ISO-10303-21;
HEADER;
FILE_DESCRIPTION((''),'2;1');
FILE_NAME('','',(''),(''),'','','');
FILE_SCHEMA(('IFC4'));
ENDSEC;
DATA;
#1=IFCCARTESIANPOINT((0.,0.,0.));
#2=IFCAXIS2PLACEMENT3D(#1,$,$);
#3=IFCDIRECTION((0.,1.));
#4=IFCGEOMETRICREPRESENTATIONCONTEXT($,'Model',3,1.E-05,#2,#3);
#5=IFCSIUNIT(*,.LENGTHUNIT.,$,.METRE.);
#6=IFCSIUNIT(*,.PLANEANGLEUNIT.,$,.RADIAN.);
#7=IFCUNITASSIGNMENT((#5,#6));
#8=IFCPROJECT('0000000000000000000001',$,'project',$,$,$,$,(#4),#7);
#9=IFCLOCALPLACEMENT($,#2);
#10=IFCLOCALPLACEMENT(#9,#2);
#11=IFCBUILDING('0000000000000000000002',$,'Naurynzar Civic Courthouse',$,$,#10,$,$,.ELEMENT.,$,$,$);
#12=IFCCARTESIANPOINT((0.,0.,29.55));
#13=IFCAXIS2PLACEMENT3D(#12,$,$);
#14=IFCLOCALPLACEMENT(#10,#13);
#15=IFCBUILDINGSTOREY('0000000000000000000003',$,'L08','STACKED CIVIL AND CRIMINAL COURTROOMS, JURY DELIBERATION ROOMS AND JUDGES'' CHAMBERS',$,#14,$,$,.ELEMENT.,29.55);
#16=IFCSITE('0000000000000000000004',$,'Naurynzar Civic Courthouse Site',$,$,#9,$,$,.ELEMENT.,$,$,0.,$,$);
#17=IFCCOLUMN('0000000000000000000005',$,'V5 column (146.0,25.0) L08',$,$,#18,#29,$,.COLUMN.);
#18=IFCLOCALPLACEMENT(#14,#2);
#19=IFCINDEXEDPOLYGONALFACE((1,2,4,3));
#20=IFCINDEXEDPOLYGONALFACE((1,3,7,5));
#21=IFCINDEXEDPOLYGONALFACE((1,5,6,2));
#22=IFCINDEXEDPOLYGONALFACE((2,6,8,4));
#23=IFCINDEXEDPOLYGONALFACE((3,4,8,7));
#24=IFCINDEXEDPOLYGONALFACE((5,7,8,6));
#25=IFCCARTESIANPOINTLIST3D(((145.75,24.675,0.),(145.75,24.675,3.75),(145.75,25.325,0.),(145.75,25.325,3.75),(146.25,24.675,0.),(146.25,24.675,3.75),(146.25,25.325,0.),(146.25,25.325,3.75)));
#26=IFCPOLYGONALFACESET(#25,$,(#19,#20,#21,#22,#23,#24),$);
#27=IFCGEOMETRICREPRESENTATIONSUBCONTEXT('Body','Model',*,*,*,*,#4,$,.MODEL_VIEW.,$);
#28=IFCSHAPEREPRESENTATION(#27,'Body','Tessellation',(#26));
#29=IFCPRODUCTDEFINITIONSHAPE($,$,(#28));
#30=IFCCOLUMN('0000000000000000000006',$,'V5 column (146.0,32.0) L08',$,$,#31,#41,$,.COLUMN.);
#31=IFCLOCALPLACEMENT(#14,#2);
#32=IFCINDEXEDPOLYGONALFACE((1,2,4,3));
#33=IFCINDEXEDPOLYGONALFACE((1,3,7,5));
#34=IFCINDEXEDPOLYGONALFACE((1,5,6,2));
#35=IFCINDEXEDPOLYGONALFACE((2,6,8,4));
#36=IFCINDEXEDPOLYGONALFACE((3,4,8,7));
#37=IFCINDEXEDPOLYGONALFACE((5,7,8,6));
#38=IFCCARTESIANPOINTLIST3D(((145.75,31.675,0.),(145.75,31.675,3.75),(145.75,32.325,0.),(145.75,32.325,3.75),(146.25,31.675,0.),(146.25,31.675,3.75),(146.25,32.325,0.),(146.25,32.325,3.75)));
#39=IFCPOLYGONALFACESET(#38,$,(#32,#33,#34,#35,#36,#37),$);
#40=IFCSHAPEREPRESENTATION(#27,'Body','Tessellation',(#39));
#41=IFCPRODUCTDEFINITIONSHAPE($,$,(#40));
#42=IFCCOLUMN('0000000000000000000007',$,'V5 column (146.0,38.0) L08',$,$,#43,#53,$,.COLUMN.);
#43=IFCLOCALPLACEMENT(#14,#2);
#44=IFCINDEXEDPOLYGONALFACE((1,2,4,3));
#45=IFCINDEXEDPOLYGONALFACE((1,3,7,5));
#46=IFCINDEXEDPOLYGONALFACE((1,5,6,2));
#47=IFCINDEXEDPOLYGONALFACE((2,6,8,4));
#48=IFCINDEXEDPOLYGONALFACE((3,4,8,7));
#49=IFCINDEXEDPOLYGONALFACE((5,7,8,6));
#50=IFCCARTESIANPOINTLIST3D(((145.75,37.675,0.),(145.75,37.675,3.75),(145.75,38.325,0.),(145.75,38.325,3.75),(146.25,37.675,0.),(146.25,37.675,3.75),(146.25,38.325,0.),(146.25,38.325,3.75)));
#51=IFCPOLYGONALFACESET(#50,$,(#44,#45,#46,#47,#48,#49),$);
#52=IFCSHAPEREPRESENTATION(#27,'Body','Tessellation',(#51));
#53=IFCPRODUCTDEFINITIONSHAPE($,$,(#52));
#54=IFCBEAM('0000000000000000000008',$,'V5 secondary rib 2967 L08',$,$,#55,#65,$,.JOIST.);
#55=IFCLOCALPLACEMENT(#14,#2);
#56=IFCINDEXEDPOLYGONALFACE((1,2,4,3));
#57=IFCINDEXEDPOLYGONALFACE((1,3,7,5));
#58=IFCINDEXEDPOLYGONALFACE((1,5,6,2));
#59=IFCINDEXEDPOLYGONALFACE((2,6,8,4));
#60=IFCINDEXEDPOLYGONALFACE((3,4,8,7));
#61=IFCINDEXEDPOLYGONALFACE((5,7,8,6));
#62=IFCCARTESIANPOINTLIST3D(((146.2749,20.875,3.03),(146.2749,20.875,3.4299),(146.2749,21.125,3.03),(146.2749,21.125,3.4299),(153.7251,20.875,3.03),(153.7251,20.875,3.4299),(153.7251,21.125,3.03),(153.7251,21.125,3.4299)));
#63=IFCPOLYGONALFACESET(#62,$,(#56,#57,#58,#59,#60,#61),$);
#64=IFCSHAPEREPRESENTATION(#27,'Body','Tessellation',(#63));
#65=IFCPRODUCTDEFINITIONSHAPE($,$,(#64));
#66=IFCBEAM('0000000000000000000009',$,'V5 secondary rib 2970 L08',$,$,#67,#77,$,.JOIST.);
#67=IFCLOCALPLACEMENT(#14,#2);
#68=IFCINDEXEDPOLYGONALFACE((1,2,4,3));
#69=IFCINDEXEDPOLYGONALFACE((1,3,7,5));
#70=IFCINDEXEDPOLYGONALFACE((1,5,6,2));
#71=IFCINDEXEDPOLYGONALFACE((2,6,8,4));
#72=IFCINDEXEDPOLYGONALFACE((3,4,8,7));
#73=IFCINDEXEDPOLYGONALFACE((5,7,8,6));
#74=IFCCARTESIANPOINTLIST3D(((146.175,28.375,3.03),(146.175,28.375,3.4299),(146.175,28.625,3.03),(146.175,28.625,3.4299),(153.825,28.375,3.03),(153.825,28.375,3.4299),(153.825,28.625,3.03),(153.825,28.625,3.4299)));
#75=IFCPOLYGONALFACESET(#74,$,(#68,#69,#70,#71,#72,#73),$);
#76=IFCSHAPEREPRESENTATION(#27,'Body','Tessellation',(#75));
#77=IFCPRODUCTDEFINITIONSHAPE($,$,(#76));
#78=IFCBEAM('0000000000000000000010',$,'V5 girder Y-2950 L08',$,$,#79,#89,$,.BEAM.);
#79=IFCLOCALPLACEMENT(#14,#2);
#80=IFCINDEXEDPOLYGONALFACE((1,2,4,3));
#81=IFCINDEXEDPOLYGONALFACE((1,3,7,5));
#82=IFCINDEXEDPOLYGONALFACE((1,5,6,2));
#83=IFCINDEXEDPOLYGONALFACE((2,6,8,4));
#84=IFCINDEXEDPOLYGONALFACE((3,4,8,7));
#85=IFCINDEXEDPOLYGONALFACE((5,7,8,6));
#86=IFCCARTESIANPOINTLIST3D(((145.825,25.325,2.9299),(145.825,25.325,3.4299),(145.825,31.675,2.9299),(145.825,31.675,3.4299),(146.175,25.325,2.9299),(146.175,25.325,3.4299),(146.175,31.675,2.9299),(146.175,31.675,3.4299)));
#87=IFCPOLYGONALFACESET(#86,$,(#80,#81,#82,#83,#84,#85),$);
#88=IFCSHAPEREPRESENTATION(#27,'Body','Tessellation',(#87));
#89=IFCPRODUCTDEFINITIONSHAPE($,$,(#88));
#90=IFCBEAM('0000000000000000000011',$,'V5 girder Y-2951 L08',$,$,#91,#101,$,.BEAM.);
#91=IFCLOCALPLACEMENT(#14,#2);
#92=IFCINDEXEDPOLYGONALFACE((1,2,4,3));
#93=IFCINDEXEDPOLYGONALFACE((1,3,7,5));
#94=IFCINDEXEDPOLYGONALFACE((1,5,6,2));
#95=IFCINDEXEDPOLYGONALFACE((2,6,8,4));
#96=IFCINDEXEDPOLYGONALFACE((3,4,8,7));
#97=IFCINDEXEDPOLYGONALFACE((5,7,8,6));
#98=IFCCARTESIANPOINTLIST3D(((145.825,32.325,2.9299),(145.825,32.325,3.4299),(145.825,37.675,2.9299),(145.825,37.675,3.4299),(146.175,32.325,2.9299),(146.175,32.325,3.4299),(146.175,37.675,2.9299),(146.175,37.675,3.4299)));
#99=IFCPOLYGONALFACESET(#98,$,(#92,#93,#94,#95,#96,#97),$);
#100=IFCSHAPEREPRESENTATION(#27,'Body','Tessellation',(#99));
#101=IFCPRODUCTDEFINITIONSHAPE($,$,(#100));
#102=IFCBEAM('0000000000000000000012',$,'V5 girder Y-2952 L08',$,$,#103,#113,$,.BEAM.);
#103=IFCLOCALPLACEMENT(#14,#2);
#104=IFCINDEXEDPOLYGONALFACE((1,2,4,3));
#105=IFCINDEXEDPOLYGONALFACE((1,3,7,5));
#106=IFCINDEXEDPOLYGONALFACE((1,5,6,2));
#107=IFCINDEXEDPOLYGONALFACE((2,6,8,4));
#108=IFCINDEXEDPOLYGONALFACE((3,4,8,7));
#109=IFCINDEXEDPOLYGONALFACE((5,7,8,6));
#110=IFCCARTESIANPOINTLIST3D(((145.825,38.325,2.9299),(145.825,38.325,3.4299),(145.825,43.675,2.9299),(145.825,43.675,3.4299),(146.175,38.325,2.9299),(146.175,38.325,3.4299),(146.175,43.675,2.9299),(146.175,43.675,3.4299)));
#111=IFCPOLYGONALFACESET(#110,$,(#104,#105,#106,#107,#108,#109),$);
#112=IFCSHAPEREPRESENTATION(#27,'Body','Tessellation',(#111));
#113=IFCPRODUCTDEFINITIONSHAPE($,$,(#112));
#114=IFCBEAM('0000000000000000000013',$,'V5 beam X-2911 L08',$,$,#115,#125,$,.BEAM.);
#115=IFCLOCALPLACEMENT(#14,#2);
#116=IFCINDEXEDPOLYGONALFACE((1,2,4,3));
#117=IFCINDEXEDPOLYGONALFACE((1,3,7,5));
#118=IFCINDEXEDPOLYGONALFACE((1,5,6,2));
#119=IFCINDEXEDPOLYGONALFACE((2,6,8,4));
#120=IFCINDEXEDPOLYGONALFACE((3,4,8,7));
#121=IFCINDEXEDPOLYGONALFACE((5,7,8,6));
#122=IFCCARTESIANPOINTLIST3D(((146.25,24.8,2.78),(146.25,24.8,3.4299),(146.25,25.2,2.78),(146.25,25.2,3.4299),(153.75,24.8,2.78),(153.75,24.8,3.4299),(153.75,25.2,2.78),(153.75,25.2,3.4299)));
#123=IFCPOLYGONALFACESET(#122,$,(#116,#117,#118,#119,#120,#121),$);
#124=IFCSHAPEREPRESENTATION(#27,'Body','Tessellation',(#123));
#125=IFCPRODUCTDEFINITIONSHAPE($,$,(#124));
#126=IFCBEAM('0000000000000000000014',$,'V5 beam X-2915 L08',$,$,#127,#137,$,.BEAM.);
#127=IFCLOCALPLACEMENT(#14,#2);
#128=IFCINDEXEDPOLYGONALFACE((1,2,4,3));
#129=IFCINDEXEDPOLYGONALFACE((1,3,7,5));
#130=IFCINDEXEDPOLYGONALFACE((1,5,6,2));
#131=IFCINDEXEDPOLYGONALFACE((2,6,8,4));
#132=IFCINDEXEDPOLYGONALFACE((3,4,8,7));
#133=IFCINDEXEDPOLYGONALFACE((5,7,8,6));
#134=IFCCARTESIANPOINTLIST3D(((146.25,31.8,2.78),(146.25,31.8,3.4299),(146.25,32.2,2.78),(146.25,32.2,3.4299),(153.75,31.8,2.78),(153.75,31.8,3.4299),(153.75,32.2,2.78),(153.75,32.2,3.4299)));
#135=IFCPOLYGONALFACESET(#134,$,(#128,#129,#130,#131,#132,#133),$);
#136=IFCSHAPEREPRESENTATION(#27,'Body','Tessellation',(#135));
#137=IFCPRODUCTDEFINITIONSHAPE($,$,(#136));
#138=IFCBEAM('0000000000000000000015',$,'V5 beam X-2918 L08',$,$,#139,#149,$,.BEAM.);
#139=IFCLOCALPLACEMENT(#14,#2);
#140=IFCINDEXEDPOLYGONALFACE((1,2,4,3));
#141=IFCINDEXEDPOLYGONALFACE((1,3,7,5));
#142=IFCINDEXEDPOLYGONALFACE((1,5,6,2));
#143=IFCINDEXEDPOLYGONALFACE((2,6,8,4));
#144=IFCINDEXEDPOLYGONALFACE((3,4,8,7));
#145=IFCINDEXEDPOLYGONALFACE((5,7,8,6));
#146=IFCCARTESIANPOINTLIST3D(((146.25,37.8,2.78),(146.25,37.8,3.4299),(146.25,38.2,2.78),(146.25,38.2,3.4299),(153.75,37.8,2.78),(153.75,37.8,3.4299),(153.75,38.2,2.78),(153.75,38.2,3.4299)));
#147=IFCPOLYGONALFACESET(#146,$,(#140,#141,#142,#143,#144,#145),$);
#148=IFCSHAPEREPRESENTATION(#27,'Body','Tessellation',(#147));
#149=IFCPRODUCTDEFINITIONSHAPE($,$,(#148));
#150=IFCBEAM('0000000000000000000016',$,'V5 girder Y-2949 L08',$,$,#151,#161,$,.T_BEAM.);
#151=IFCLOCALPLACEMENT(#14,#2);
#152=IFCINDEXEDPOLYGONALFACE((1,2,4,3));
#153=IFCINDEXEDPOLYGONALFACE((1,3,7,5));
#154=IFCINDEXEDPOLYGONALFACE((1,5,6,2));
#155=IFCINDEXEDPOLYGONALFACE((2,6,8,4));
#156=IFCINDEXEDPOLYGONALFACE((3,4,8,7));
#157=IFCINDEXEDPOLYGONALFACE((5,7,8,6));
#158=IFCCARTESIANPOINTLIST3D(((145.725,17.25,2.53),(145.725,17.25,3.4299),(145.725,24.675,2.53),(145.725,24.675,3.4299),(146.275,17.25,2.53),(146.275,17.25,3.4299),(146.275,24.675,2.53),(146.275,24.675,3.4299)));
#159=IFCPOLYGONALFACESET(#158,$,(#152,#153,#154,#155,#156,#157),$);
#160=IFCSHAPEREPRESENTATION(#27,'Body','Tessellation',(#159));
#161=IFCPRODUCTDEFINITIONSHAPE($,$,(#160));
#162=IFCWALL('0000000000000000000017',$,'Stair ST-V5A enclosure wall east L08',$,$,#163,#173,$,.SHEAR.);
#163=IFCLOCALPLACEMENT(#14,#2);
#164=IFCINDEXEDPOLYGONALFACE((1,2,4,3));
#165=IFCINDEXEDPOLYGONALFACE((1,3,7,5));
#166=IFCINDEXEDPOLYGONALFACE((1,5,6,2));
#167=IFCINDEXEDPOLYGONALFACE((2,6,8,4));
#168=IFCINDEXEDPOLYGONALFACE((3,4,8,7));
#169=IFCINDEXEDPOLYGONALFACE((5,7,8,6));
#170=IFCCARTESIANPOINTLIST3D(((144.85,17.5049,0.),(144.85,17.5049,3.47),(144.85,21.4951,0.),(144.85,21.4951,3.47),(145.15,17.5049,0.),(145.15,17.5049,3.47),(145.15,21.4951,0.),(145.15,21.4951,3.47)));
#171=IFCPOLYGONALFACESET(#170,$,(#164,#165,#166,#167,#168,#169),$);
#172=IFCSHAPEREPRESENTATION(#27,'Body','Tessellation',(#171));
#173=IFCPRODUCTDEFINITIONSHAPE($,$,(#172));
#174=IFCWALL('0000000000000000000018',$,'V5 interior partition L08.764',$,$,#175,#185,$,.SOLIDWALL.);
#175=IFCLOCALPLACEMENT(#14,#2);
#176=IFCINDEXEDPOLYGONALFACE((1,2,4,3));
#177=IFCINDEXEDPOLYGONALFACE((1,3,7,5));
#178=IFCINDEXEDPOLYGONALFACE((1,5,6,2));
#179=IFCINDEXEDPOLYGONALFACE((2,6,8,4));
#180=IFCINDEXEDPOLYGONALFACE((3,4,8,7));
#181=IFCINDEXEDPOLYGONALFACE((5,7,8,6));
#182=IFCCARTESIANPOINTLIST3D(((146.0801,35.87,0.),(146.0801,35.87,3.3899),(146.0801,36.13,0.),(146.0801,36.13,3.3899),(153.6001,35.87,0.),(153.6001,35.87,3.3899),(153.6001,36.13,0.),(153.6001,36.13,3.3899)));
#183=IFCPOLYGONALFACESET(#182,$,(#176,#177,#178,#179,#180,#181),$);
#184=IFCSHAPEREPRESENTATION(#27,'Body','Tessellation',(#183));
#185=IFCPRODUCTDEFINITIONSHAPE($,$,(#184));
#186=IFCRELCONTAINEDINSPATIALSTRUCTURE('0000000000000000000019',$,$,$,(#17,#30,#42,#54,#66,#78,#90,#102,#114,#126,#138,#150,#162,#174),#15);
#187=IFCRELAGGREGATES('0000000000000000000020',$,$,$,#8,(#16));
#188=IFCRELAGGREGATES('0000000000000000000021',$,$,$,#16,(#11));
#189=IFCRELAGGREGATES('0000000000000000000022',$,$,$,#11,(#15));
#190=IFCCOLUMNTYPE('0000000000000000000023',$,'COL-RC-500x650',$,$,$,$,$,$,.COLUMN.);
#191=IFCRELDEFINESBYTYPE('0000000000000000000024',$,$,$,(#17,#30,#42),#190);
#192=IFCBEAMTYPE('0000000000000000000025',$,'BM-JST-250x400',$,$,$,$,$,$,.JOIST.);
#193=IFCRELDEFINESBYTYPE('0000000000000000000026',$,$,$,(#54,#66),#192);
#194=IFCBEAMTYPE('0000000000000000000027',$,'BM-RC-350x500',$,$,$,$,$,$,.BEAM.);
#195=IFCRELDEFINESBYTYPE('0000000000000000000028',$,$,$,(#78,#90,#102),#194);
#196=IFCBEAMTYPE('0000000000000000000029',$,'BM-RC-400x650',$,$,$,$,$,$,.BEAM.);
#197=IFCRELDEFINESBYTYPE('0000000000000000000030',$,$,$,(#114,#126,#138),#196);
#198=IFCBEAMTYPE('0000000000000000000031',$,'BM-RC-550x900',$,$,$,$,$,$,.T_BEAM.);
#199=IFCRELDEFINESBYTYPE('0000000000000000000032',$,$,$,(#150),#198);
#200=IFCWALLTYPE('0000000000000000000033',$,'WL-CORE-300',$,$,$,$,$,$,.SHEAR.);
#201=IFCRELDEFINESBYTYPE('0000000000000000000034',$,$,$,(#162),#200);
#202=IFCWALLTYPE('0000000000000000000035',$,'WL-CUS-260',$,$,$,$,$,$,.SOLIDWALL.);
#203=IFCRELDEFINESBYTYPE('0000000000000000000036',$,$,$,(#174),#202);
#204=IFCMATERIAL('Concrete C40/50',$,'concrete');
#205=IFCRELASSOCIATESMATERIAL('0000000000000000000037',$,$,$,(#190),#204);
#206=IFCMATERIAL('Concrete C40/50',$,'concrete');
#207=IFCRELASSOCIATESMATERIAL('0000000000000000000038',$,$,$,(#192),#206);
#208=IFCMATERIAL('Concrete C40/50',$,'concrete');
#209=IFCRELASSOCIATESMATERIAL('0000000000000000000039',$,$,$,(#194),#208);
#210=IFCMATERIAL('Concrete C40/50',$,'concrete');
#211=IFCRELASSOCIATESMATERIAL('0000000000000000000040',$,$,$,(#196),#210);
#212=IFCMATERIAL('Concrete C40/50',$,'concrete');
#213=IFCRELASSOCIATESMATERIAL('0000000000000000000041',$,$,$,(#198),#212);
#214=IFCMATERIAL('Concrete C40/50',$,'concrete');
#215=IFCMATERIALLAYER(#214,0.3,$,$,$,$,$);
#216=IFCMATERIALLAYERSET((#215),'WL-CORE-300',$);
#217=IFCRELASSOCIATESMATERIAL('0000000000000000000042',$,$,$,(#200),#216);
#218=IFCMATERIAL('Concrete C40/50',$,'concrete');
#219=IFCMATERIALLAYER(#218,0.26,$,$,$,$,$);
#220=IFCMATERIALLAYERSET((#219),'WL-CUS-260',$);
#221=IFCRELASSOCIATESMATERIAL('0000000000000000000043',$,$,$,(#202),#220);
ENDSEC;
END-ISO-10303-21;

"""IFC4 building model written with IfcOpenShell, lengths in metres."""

from ifc_helpers import new_model, si_unit, direction, frame, frame_2d, origin, origin_2d, place, context, subcontext, project, spatial, rectangle, extrude, material, layer, layer_set, material_profile, profile_set, type_object, element, save


model = new_model("IFC4")

# Units and contexts
model_context = context("Model", 3, precision=1e-05, world=origin(), true_north=direction((0.0, 1.0)))
body_context = subcontext(model_context, "Body", "Model", "MODEL_VIEW")
ifc_project = project(units=[si_unit("LENGTHUNIT", "METRE"), si_unit("PLANEANGLEUNIT", "RADIAN")], contexts=[model_context])

# Site, building, storey
site_placement = place(None, origin())
site = spatial("IfcSite", under=ifc_project, at=site_placement, Name="Naurynzar Civic Courthouse Site", CompositionType="ELEMENT", RefElevation=0.0)
building_placement = place(site_placement, origin())
building = spatial("IfcBuilding", under=site, at=building_placement, Name="Naurynzar Civic Courthouse", CompositionType="ELEMENT")
storey_placement = place(building_placement, frame((0.0, 0.0, 29.55)))
storey = spatial("IfcBuildingStorey", under=building, at=storey_placement, Name="L08", Description="STACKED CIVIL AND CRIMINAL COURTROOMS, JURY DELIBERATION ROOMS AND JUDGES' CHAMBERS", CompositionType="ELEMENT", Elevation=29.55)

# Columns
ifc_material_1 = material(Name="Concrete C40/50", Category="concrete")
ifc_material_profile_1 = material_profile(ifc_material_1, rectangle(XDim=0.5, YDim=0.6499, at=origin_2d()), Name="RC 500x650")
ifc_profile_set_1 = profile_set([ifc_material_profile_1], Name="Concrete C40/50")
column_type = type_object("IfcColumnType", Name="COL-RC-500x650", PredefinedType="COLUMN", material=ifc_profile_set_1)
for number, where, z_axis, x_axis, name in (
    (1, (146.0, 25.0, 0.0), (0.0, 0.0, 1.0), (1.0, 0.0, 0.0), "V5 column (146.0,25.0) L08"),
    (2, (146.0, 32.0, 0.0), (0.0, 0.0, 1.0), (1.0, 0.0, 0.0), "V5 column (146.0,32.0) L08"),
    (3, (146.0, 38.0, 0.0), (0.0, 0.0, 1.0), (1.0, 0.0, 0.0), "V5 column (146.0,38.0) L08"),
):
    element("IfcColumn", number, at=place(storey_placement, frame(where, z_axis=z_axis, x_axis=x_axis)), inside=storey, type_object=column_type, Name=name, PredefinedType="COLUMN", context=body_context, shape_type="SweptSolid", body=[
        extrude(rectangle(XDim=0.5, YDim=0.6499, at=origin_2d()), origin(), (0.0, 0.0, 1.0), 3.75),
    ])

# Beams
ifc_material_2 = material(Name="Concrete C40/50", Category="concrete")
ifc_material_profile_2 = material_profile(ifc_material_2, rectangle(XDim=0.25, YDim=0.3999, at=origin_2d()), Name="RCB 250x400")
ifc_profile_set_2 = profile_set([ifc_material_profile_2], Name="Concrete C40/50")
beam_type_1 = type_object("IfcBeamType", Name="BM-JST-250x400", PredefinedType="JOIST", material=ifc_profile_set_2)
beam_1_placement = place(storey_placement, frame((146.2749, 21.0, 3.23), z_axis=(1.0, 0.0, 0.0), x_axis=(0.0, 1.0, 0.0)))
element("IfcBeam", 4, at=beam_1_placement, inside=storey, type_object=beam_type_1, Name="V5 secondary rib 2967 L08", PredefinedType="JOIST", context=body_context, shape_type="SweptSolid", body=[
    extrude(rectangle(XDim=0.25, YDim=0.3999, at=origin_2d()), origin(), (0.0, 0.0, 1.0), 7.4502),
])
beam_2_placement = place(storey_placement, frame((146.175, 28.5, 3.23), z_axis=(1.0, 0.0, 0.0), x_axis=(0.0, 1.0, 0.0)))
element("IfcBeam", 5, at=beam_2_placement, inside=storey, type_object=beam_type_1, Name="V5 secondary rib 2970 L08", PredefinedType="JOIST", context=body_context, shape_type="SweptSolid", body=[
    extrude(rectangle(XDim=0.25, YDim=0.3999, at=origin_2d()), origin(), (0.0, 0.0, 1.0), 7.6499),
])
ifc_material_3 = material(Name="Concrete C40/50", Category="concrete")
ifc_material_profile_3 = material_profile(ifc_material_3, rectangle(XDim=0.3501, YDim=0.5, at=origin_2d()), Name="RCB 350x500")
ifc_profile_set_3 = profile_set([ifc_material_profile_3], Name="Concrete C40/50")
beam_type_2 = type_object("IfcBeamType", Name="BM-RC-350x500", PredefinedType="BEAM", material=ifc_profile_set_3)
beam_3_placement = place(storey_placement, frame((146.0, 25.325, 3.1799), z_axis=(0.0, 1.0, 0.0), x_axis=(-1.0, 0.0, 0.0)))
element("IfcBeam", 6, at=beam_3_placement, inside=storey, type_object=beam_type_2, Name="V5 girder Y-2950 L08", PredefinedType="BEAM", context=body_context, shape_type="SweptSolid", body=[
    extrude(rectangle(XDim=0.3501, YDim=0.5, at=origin_2d()), origin(), (0.0, 0.0, 1.0), 6.3501),
])
for number, where, z_axis, x_axis, name in (
    (7, (146.0, 32.325, 3.1799), (0.0, 1.0, 0.0), (-1.0, 0.0, 0.0), "V5 girder Y-2951 L08"),
    (8, (146.0, 38.325, 3.1799), (0.0, 1.0, 0.0), (-1.0, 0.0, 0.0), "V5 girder Y-2952 L08"),
):
    element("IfcBeam", number, at=place(storey_placement, frame(where, z_axis=z_axis, x_axis=x_axis)), inside=storey, type_object=beam_type_2, Name=name, PredefinedType="BEAM", context=body_context, shape_type="SweptSolid", body=[
        extrude(rectangle(XDim=0.3501, YDim=0.5, at=origin_2d()), origin(), (0.0, 0.0, 1.0), 5.3501),
    ])
ifc_material_4 = material(Name="Concrete C40/50", Category="concrete")
ifc_material_profile_4 = material_profile(ifc_material_4, rectangle(XDim=0.3999, YDim=0.6499, at=origin_2d()), Name="RCB 400x650")
ifc_profile_set_4 = profile_set([ifc_material_profile_4], Name="Concrete C40/50")
beam_type_3 = type_object("IfcBeamType", Name="BM-RC-400x650", PredefinedType="BEAM", material=ifc_profile_set_4)
for number, where, z_axis, x_axis, name in (
    (9, (146.25, 25.0, 3.105), (1.0, 0.0, 0.0), (0.0, 1.0, 0.0), "V5 beam X-2911 L08"),
    (10, (146.25, 32.0, 3.105), (1.0, 0.0, 0.0), (0.0, 1.0, 0.0), "V5 beam X-2915 L08"),
    (11, (146.25, 38.0, 3.105), (1.0, 0.0, 0.0), (0.0, 1.0, 0.0), "V5 beam X-2918 L08"),
):
    element("IfcBeam", number, at=place(storey_placement, frame(where, z_axis=z_axis, x_axis=x_axis)), inside=storey, type_object=beam_type_3, Name=name, PredefinedType="BEAM", context=body_context, shape_type="SweptSolid", body=[
        extrude(rectangle(XDim=0.3999, YDim=0.6499, at=origin_2d()), origin(), (0.0, 0.0, 1.0), 7.5),
    ])
ifc_material_5 = material(Name="Concrete C40/50", Category="concrete")
ifc_material_profile_5 = material_profile(ifc_material_5, rectangle(XDim=0.55, YDim=0.8999, at=origin_2d()), Name="RCB 550x900")
ifc_profile_set_5 = profile_set([ifc_material_profile_5], Name="Concrete C40/50")
beam_type_4 = type_object("IfcBeamType", Name="BM-RC-550x900", PredefinedType="T_BEAM", material=ifc_profile_set_5)
beam_4_placement = place(storey_placement, frame((146.0, 17.25, 2.98), z_axis=(0.0, 1.0, 0.0), x_axis=(-1.0, 0.0, 0.0)))
element("IfcBeam", 12, at=beam_4_placement, inside=storey, type_object=beam_type_4, Name="V5 girder Y-2949 L08", PredefinedType="T_BEAM", context=body_context, shape_type="SweptSolid", body=[
    extrude(rectangle(XDim=0.55, YDim=0.8999, at=origin_2d()), origin(), (0.0, 0.0, 1.0), 7.425),
])

# Shared definitions
ifc_material_6 = material(Name="Concrete C40/50", Category="concrete")
ifc_layer_1 = layer(ifc_material_6, 0.3)
ifc_layer_set_1 = layer_set([ifc_layer_1], Name="WL-CORE-300")
wall_type_1 = type_object("IfcWallType", Name="WL-CORE-300", PredefinedType="SHEAR", material=ifc_layer_set_1)

# Walls
wall_1_placement = place(storey_placement, frame((145.0, 17.5049, 0.0), z_axis=(0.0, 0.0, 1.0), x_axis=(0.0, 1.0, 0.0)))
element("IfcWall", 13, at=wall_1_placement, inside=storey, type_object=wall_type_1, Name="Stair ST-V5A enclosure wall east L08", PredefinedType="SHEAR", context=body_context, shape_type="SweptSolid", body=[
    extrude(rectangle(XDim=3.9902, YDim=0.3, at=frame_2d((1.9951, 0.0))), origin(), (0.0, 0.0, 1.0), 3.47),
])
ifc_material_7 = material(Name="Concrete C40/50", Category="concrete")
ifc_layer_2 = layer(ifc_material_7, 0.26)
ifc_layer_set_2 = layer_set([ifc_layer_2], Name="WL-CUS-260")
wall_type_2 = type_object("IfcWallType", Name="WL-CUS-260", PredefinedType="SOLIDWALL", material=ifc_layer_set_2)
wall_2_placement = place(storey_placement, frame((146.0801, 36.0, 0.0), z_axis=(0.0, 0.0, 1.0), x_axis=(1.0, 0.0, 0.0)))
element("IfcWall", 14, at=wall_2_placement, inside=storey, type_object=wall_type_2, Name="V5 interior partition L08.764", PredefinedType="SOLIDWALL", context=body_context, shape_type="SweptSolid", body=[
    extrude(rectangle(XDim=7.52, YDim=0.26, at=frame_2d((3.76, 0.0))), origin(), (0.0, 0.0, 1.0), 3.3899),
])

save(model, "model.ifc")
